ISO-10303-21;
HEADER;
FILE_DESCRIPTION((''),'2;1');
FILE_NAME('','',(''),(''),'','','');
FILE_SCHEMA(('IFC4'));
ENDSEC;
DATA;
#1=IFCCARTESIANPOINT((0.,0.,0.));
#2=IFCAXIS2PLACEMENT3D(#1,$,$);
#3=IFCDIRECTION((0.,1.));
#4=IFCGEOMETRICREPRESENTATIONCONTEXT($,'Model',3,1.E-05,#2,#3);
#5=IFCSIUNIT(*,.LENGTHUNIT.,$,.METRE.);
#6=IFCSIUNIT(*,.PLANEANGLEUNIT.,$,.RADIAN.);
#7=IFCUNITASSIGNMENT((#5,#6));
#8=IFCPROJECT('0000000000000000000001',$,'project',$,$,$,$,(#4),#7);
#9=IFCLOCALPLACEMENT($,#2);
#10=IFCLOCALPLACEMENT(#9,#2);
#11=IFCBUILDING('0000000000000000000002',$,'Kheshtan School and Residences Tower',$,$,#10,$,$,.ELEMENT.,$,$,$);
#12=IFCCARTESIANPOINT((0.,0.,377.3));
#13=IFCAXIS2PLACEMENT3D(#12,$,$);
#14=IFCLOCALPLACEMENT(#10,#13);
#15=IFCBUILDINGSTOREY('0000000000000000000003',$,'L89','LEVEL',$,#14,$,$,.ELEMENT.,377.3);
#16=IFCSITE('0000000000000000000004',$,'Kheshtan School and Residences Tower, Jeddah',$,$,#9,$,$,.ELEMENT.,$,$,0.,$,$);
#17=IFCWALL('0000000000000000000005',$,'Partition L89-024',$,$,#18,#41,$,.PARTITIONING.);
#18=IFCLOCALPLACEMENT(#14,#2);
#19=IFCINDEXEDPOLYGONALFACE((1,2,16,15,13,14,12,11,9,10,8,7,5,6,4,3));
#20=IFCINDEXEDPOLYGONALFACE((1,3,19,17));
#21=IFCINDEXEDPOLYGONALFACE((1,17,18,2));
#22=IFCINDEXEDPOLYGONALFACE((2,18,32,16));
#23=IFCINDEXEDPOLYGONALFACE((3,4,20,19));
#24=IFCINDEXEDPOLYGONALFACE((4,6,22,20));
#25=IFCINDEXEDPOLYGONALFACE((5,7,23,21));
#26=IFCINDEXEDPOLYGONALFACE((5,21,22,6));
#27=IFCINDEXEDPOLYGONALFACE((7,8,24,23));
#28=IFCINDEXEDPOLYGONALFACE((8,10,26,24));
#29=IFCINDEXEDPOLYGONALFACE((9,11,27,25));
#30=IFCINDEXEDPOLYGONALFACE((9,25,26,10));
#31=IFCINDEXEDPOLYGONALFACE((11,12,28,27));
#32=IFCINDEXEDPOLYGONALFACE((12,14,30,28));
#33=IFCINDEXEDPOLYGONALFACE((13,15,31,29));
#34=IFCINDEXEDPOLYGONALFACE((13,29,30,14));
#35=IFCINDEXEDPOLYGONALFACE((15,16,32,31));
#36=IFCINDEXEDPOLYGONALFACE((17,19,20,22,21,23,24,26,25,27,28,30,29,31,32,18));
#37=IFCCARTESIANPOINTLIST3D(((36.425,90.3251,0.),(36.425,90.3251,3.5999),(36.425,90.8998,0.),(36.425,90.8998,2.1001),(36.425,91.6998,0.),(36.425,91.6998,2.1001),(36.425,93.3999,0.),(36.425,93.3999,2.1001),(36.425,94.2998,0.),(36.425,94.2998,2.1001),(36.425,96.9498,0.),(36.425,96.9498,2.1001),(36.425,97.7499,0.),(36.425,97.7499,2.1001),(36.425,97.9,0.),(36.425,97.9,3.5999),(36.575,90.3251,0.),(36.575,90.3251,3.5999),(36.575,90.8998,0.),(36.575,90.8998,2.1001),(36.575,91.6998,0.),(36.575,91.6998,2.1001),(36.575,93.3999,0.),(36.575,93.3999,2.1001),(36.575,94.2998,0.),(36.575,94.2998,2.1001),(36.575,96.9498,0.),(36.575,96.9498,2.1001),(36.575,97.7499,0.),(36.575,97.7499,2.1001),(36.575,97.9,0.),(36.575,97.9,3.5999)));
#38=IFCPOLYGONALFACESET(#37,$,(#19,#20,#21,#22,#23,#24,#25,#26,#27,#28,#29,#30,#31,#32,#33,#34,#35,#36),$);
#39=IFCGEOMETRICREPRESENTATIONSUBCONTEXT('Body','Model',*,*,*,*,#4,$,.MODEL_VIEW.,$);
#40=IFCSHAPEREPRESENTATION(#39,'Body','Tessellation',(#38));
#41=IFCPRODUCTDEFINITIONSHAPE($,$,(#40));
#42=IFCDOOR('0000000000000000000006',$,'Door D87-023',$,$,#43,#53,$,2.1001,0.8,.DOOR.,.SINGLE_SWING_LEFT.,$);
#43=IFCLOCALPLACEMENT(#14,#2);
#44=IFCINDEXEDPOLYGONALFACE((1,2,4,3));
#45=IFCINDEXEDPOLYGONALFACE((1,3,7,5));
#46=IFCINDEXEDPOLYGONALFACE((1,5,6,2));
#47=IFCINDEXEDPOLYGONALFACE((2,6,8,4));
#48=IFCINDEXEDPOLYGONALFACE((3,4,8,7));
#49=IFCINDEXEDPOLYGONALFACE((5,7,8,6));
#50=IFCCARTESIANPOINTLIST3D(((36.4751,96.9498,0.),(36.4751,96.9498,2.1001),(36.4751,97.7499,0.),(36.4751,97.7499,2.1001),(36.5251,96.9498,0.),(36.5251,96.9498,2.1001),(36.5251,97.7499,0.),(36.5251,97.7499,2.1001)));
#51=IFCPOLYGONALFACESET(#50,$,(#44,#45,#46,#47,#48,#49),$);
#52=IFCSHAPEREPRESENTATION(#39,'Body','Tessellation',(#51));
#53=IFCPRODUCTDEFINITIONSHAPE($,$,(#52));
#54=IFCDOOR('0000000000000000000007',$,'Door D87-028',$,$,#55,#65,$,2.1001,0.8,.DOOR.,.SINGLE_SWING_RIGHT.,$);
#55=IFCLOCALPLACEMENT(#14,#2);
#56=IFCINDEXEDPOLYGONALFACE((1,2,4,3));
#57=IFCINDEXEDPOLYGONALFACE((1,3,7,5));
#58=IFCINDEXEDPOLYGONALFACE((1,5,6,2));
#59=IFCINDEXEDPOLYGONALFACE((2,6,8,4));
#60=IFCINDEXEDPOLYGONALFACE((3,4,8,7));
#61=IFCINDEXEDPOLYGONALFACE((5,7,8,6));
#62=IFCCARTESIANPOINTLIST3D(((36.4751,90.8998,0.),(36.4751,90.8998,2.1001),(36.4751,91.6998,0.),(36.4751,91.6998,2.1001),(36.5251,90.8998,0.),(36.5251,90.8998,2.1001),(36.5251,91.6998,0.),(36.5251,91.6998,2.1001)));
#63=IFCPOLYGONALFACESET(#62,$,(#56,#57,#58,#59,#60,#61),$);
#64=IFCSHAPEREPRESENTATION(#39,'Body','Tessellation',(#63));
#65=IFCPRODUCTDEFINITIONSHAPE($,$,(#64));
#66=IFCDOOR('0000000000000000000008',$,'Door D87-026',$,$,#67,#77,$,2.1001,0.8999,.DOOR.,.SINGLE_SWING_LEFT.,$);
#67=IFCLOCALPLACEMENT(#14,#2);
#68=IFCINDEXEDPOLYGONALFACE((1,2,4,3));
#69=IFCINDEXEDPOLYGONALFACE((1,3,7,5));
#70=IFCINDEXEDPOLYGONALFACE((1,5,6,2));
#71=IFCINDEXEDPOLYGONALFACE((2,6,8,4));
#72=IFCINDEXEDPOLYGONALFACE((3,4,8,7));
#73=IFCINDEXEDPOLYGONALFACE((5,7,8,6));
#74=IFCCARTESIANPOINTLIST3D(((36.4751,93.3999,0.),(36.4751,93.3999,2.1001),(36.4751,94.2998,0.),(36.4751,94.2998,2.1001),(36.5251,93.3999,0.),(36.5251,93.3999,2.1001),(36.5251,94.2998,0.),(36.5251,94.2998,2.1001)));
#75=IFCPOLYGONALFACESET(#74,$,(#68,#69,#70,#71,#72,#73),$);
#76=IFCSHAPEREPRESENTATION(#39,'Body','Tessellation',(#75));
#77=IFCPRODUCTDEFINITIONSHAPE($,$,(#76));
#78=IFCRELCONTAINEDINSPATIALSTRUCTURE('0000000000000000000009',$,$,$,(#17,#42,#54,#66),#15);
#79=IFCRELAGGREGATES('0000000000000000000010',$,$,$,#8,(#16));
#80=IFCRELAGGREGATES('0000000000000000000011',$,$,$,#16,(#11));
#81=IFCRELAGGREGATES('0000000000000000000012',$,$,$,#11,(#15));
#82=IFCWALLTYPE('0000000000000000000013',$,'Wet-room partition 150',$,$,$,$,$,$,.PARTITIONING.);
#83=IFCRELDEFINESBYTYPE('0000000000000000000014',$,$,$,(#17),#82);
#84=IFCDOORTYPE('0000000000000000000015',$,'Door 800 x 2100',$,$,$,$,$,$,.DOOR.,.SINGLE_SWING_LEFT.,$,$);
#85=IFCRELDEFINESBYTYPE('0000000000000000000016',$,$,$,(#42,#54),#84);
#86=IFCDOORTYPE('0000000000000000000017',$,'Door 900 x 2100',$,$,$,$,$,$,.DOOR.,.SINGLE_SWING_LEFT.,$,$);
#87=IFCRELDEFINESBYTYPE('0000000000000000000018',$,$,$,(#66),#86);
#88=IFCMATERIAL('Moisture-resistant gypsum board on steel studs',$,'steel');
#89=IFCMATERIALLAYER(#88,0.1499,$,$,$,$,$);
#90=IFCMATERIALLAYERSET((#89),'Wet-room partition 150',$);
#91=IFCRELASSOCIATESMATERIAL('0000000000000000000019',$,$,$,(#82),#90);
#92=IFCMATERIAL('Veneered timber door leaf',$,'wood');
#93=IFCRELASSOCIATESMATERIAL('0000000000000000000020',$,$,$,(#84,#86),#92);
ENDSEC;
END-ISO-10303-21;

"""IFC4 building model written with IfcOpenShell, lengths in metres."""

from ifc_helpers import new_model, si_unit, direction, frame, frame_2d, origin, place, context, subcontext, project, spatial, rectangle, extrude, source, transform, mapped, material, layer, layer_set, type_object, element, fill, save


model = new_model("IFC4")

# Units and contexts
model_context = context("Model", 3, precision=1e-05, world=origin(), true_north=direction((0.0, 1.0)))
body_context = subcontext(model_context, "Body", "Model", "MODEL_VIEW")
ifc_project = project(units=[si_unit("LENGTHUNIT", "METRE"), si_unit("PLANEANGLEUNIT", "RADIAN")], contexts=[model_context])

# Site, building, storey
site_placement = place(None, origin())
site = spatial("IfcSite", under=ifc_project, at=site_placement, Name="Kheshtan School and Residences Tower, Jeddah", CompositionType="ELEMENT", RefElevation=0.0)
building_placement = place(site_placement, origin())
building = spatial("IfcBuilding", under=site, at=building_placement, Name="Kheshtan School and Residences Tower", CompositionType="ELEMENT")
storey_placement = place(building_placement, frame((0.0, 0.0, 377.3)))
storey = spatial("IfcBuildingStorey", under=building, at=storey_placement, Name="L89", Description="LEVEL", CompositionType="ELEMENT", Elevation=377.3)

# Shared definitions
ifc_material_1 = material(Name="Moisture-resistant gypsum board on steel studs", Category="steel")
ifc_layer_1 = layer(ifc_material_1, 0.1499)
ifc_layer_set_1 = layer_set([ifc_layer_1], Name="Wet-room partition 150")
wall_type_1 = type_object("IfcWallType", Name="Wet-room partition 150", PredefinedType="PARTITIONING", material=ifc_layer_set_1)

# Wall, openings, doors
wall_1_placement = place(storey_placement, frame((36.5, 90.325, 0.0), z_axis=(0.0, 0.0, 1.0), x_axis=(0.0, 1.0, 0.0)))
wall_1 = element("IfcWall", 1, at=wall_1_placement, inside=storey, type_object=wall_type_1, Name="Partition L89-024", PredefinedType="PARTITIONING", context=body_context, shape_type="SweptSolid", body=[
    extrude(rectangle(XDim=7.575, YDim=0.1499, at=frame_2d((3.7876, 0.0))), origin(), (0.0, 0.0, 1.0), 3.5999),
])
opening_1_placement = place(wall_1_placement, frame((6.625, 0.0, 0.0)))
opening_1 = element("IfcOpeningElement", 2, at=opening_1_placement, cuts=wall_1, PredefinedType="OPENING", context=body_context, shape_type="SweptSolid", body=[
    extrude(rectangle(XDim=0.8, YDim=2.1001, at=frame_2d((0.3999, 1.05))), frame((0.0, 0.085, 0.0), z_axis=(0.0, -1.0, 0.0), x_axis=(1.0, 0.0, 0.0)), (0.0, 0.0, 1.0), 0.1699),
])
opening_2_placement = place(wall_1_placement, frame((3.075, 0.0, 0.0)))
opening_2 = element("IfcOpeningElement", 3, at=opening_2_placement, cuts=wall_1, PredefinedType="OPENING", context=body_context, shape_type="SweptSolid", body=[
    extrude(rectangle(XDim=0.8999, YDim=2.1001, at=frame_2d((0.45, 1.05))), frame((0.0, 0.085, 0.0), z_axis=(0.0, -1.0, 0.0), x_axis=(1.0, 0.0, 0.0)), (0.0, 0.0, 1.0), 0.1699),
])
opening_3_placement = place(wall_1_placement, frame((0.575, 0.0, 0.0)))
opening_3 = element("IfcOpeningElement", 4, at=opening_3_placement, cuts=wall_1, PredefinedType="OPENING", context=body_context, shape_type="SweptSolid", body=[
    extrude(rectangle(XDim=0.8, YDim=2.1001, at=frame_2d((0.3999, 1.05))), frame((0.0, 0.085, 0.0), z_axis=(0.0, -1.0, 0.0), x_axis=(1.0, 0.0, 0.0)), (0.0, 0.0, 1.0), 0.1699),
])
ifc_material_2 = material(Name="Veneered timber door leaf", Category="wood")
door_type_1 = type_object("IfcDoorType", Name="Door 800 x 2100", OperationType="SINGLE_SWING_LEFT", PredefinedType="DOOR", material=ifc_material_2)
shared_shape_1 = source(origin(), body_context, "Body", "SweptSolid", [
    extrude(rectangle(XDim=0.8, YDim=2.1001, at=frame_2d((0.3999, 1.05))), frame((0.0, 0.0249, 0.0), z_axis=(0.0, -1.0, 0.0), x_axis=(1.0, 0.0, 0.0)), (0.0, 0.0, 1.0), 0.05),
])
door_1_placement = place(opening_1_placement, origin())
door_1 = element("IfcDoor", 5, at=door_1_placement, inside=storey, type_object=door_type_1, Name="Door D87-023", OperationType="SINGLE_SWING_LEFT", OverallHeight=2.1001, OverallWidth=0.8, PredefinedType="DOOR", context=body_context, shape_type="MappedRepresentation", body=[
    mapped(shared_shape_1, transform((0.0, 0.0, 0.0), x_axis=(1.0, 0.0, 0.0), y_axis=(0.0, 1.0, 0.0), z_axis=(0.0, 0.0, 1.0), scale=1.0)),
])
fill(opening_1, door_1)
door_2_placement = place(opening_3_placement, origin())
door_2 = element("IfcDoor", 6, at=door_2_placement, inside=storey, type_object=door_type_1, Name="Door D87-028", OperationType="SINGLE_SWING_RIGHT", OverallHeight=2.1001, OverallWidth=0.8, PredefinedType="DOOR", context=body_context, shape_type="MappedRepresentation", body=[
    mapped(shared_shape_1, transform((0.0, 0.0, 0.0), x_axis=(1.0, 0.0, 0.0), y_axis=(0.0, 1.0, 0.0), z_axis=(0.0, 0.0, 1.0), scale=1.0)),
])
fill(opening_3, door_2)
door_type_2 = type_object("IfcDoorType", Name="Door 900 x 2100", OperationType="SINGLE_SWING_LEFT", PredefinedType="DOOR", material=ifc_material_2)
shared_shape_2 = source(origin(), body_context, "Body", "SweptSolid", [
    extrude(rectangle(XDim=0.8999, YDim=2.1001, at=frame_2d((0.45, 1.05))), frame((0.0, 0.0249, 0.0), z_axis=(0.0, -1.0, 0.0), x_axis=(1.0, 0.0, 0.0)), (0.0, 0.0, 1.0), 0.05),
])
door_3_placement = place(opening_2_placement, origin())
door_3 = element("IfcDoor", 7, at=door_3_placement, inside=storey, type_object=door_type_2, Name="Door D87-026", OperationType="SINGLE_SWING_LEFT", OverallHeight=2.1001, OverallWidth=0.8999, PredefinedType="DOOR", context=body_context, shape_type="MappedRepresentation", body=[
    mapped(shared_shape_2, transform((0.0, 0.0, 0.0), x_axis=(1.0, 0.0, 0.0), y_axis=(0.0, 1.0, 0.0), z_axis=(0.0, 0.0, 1.0), scale=1.0)),
])
fill(opening_2, door_3)

save(model, "model.ifc")
